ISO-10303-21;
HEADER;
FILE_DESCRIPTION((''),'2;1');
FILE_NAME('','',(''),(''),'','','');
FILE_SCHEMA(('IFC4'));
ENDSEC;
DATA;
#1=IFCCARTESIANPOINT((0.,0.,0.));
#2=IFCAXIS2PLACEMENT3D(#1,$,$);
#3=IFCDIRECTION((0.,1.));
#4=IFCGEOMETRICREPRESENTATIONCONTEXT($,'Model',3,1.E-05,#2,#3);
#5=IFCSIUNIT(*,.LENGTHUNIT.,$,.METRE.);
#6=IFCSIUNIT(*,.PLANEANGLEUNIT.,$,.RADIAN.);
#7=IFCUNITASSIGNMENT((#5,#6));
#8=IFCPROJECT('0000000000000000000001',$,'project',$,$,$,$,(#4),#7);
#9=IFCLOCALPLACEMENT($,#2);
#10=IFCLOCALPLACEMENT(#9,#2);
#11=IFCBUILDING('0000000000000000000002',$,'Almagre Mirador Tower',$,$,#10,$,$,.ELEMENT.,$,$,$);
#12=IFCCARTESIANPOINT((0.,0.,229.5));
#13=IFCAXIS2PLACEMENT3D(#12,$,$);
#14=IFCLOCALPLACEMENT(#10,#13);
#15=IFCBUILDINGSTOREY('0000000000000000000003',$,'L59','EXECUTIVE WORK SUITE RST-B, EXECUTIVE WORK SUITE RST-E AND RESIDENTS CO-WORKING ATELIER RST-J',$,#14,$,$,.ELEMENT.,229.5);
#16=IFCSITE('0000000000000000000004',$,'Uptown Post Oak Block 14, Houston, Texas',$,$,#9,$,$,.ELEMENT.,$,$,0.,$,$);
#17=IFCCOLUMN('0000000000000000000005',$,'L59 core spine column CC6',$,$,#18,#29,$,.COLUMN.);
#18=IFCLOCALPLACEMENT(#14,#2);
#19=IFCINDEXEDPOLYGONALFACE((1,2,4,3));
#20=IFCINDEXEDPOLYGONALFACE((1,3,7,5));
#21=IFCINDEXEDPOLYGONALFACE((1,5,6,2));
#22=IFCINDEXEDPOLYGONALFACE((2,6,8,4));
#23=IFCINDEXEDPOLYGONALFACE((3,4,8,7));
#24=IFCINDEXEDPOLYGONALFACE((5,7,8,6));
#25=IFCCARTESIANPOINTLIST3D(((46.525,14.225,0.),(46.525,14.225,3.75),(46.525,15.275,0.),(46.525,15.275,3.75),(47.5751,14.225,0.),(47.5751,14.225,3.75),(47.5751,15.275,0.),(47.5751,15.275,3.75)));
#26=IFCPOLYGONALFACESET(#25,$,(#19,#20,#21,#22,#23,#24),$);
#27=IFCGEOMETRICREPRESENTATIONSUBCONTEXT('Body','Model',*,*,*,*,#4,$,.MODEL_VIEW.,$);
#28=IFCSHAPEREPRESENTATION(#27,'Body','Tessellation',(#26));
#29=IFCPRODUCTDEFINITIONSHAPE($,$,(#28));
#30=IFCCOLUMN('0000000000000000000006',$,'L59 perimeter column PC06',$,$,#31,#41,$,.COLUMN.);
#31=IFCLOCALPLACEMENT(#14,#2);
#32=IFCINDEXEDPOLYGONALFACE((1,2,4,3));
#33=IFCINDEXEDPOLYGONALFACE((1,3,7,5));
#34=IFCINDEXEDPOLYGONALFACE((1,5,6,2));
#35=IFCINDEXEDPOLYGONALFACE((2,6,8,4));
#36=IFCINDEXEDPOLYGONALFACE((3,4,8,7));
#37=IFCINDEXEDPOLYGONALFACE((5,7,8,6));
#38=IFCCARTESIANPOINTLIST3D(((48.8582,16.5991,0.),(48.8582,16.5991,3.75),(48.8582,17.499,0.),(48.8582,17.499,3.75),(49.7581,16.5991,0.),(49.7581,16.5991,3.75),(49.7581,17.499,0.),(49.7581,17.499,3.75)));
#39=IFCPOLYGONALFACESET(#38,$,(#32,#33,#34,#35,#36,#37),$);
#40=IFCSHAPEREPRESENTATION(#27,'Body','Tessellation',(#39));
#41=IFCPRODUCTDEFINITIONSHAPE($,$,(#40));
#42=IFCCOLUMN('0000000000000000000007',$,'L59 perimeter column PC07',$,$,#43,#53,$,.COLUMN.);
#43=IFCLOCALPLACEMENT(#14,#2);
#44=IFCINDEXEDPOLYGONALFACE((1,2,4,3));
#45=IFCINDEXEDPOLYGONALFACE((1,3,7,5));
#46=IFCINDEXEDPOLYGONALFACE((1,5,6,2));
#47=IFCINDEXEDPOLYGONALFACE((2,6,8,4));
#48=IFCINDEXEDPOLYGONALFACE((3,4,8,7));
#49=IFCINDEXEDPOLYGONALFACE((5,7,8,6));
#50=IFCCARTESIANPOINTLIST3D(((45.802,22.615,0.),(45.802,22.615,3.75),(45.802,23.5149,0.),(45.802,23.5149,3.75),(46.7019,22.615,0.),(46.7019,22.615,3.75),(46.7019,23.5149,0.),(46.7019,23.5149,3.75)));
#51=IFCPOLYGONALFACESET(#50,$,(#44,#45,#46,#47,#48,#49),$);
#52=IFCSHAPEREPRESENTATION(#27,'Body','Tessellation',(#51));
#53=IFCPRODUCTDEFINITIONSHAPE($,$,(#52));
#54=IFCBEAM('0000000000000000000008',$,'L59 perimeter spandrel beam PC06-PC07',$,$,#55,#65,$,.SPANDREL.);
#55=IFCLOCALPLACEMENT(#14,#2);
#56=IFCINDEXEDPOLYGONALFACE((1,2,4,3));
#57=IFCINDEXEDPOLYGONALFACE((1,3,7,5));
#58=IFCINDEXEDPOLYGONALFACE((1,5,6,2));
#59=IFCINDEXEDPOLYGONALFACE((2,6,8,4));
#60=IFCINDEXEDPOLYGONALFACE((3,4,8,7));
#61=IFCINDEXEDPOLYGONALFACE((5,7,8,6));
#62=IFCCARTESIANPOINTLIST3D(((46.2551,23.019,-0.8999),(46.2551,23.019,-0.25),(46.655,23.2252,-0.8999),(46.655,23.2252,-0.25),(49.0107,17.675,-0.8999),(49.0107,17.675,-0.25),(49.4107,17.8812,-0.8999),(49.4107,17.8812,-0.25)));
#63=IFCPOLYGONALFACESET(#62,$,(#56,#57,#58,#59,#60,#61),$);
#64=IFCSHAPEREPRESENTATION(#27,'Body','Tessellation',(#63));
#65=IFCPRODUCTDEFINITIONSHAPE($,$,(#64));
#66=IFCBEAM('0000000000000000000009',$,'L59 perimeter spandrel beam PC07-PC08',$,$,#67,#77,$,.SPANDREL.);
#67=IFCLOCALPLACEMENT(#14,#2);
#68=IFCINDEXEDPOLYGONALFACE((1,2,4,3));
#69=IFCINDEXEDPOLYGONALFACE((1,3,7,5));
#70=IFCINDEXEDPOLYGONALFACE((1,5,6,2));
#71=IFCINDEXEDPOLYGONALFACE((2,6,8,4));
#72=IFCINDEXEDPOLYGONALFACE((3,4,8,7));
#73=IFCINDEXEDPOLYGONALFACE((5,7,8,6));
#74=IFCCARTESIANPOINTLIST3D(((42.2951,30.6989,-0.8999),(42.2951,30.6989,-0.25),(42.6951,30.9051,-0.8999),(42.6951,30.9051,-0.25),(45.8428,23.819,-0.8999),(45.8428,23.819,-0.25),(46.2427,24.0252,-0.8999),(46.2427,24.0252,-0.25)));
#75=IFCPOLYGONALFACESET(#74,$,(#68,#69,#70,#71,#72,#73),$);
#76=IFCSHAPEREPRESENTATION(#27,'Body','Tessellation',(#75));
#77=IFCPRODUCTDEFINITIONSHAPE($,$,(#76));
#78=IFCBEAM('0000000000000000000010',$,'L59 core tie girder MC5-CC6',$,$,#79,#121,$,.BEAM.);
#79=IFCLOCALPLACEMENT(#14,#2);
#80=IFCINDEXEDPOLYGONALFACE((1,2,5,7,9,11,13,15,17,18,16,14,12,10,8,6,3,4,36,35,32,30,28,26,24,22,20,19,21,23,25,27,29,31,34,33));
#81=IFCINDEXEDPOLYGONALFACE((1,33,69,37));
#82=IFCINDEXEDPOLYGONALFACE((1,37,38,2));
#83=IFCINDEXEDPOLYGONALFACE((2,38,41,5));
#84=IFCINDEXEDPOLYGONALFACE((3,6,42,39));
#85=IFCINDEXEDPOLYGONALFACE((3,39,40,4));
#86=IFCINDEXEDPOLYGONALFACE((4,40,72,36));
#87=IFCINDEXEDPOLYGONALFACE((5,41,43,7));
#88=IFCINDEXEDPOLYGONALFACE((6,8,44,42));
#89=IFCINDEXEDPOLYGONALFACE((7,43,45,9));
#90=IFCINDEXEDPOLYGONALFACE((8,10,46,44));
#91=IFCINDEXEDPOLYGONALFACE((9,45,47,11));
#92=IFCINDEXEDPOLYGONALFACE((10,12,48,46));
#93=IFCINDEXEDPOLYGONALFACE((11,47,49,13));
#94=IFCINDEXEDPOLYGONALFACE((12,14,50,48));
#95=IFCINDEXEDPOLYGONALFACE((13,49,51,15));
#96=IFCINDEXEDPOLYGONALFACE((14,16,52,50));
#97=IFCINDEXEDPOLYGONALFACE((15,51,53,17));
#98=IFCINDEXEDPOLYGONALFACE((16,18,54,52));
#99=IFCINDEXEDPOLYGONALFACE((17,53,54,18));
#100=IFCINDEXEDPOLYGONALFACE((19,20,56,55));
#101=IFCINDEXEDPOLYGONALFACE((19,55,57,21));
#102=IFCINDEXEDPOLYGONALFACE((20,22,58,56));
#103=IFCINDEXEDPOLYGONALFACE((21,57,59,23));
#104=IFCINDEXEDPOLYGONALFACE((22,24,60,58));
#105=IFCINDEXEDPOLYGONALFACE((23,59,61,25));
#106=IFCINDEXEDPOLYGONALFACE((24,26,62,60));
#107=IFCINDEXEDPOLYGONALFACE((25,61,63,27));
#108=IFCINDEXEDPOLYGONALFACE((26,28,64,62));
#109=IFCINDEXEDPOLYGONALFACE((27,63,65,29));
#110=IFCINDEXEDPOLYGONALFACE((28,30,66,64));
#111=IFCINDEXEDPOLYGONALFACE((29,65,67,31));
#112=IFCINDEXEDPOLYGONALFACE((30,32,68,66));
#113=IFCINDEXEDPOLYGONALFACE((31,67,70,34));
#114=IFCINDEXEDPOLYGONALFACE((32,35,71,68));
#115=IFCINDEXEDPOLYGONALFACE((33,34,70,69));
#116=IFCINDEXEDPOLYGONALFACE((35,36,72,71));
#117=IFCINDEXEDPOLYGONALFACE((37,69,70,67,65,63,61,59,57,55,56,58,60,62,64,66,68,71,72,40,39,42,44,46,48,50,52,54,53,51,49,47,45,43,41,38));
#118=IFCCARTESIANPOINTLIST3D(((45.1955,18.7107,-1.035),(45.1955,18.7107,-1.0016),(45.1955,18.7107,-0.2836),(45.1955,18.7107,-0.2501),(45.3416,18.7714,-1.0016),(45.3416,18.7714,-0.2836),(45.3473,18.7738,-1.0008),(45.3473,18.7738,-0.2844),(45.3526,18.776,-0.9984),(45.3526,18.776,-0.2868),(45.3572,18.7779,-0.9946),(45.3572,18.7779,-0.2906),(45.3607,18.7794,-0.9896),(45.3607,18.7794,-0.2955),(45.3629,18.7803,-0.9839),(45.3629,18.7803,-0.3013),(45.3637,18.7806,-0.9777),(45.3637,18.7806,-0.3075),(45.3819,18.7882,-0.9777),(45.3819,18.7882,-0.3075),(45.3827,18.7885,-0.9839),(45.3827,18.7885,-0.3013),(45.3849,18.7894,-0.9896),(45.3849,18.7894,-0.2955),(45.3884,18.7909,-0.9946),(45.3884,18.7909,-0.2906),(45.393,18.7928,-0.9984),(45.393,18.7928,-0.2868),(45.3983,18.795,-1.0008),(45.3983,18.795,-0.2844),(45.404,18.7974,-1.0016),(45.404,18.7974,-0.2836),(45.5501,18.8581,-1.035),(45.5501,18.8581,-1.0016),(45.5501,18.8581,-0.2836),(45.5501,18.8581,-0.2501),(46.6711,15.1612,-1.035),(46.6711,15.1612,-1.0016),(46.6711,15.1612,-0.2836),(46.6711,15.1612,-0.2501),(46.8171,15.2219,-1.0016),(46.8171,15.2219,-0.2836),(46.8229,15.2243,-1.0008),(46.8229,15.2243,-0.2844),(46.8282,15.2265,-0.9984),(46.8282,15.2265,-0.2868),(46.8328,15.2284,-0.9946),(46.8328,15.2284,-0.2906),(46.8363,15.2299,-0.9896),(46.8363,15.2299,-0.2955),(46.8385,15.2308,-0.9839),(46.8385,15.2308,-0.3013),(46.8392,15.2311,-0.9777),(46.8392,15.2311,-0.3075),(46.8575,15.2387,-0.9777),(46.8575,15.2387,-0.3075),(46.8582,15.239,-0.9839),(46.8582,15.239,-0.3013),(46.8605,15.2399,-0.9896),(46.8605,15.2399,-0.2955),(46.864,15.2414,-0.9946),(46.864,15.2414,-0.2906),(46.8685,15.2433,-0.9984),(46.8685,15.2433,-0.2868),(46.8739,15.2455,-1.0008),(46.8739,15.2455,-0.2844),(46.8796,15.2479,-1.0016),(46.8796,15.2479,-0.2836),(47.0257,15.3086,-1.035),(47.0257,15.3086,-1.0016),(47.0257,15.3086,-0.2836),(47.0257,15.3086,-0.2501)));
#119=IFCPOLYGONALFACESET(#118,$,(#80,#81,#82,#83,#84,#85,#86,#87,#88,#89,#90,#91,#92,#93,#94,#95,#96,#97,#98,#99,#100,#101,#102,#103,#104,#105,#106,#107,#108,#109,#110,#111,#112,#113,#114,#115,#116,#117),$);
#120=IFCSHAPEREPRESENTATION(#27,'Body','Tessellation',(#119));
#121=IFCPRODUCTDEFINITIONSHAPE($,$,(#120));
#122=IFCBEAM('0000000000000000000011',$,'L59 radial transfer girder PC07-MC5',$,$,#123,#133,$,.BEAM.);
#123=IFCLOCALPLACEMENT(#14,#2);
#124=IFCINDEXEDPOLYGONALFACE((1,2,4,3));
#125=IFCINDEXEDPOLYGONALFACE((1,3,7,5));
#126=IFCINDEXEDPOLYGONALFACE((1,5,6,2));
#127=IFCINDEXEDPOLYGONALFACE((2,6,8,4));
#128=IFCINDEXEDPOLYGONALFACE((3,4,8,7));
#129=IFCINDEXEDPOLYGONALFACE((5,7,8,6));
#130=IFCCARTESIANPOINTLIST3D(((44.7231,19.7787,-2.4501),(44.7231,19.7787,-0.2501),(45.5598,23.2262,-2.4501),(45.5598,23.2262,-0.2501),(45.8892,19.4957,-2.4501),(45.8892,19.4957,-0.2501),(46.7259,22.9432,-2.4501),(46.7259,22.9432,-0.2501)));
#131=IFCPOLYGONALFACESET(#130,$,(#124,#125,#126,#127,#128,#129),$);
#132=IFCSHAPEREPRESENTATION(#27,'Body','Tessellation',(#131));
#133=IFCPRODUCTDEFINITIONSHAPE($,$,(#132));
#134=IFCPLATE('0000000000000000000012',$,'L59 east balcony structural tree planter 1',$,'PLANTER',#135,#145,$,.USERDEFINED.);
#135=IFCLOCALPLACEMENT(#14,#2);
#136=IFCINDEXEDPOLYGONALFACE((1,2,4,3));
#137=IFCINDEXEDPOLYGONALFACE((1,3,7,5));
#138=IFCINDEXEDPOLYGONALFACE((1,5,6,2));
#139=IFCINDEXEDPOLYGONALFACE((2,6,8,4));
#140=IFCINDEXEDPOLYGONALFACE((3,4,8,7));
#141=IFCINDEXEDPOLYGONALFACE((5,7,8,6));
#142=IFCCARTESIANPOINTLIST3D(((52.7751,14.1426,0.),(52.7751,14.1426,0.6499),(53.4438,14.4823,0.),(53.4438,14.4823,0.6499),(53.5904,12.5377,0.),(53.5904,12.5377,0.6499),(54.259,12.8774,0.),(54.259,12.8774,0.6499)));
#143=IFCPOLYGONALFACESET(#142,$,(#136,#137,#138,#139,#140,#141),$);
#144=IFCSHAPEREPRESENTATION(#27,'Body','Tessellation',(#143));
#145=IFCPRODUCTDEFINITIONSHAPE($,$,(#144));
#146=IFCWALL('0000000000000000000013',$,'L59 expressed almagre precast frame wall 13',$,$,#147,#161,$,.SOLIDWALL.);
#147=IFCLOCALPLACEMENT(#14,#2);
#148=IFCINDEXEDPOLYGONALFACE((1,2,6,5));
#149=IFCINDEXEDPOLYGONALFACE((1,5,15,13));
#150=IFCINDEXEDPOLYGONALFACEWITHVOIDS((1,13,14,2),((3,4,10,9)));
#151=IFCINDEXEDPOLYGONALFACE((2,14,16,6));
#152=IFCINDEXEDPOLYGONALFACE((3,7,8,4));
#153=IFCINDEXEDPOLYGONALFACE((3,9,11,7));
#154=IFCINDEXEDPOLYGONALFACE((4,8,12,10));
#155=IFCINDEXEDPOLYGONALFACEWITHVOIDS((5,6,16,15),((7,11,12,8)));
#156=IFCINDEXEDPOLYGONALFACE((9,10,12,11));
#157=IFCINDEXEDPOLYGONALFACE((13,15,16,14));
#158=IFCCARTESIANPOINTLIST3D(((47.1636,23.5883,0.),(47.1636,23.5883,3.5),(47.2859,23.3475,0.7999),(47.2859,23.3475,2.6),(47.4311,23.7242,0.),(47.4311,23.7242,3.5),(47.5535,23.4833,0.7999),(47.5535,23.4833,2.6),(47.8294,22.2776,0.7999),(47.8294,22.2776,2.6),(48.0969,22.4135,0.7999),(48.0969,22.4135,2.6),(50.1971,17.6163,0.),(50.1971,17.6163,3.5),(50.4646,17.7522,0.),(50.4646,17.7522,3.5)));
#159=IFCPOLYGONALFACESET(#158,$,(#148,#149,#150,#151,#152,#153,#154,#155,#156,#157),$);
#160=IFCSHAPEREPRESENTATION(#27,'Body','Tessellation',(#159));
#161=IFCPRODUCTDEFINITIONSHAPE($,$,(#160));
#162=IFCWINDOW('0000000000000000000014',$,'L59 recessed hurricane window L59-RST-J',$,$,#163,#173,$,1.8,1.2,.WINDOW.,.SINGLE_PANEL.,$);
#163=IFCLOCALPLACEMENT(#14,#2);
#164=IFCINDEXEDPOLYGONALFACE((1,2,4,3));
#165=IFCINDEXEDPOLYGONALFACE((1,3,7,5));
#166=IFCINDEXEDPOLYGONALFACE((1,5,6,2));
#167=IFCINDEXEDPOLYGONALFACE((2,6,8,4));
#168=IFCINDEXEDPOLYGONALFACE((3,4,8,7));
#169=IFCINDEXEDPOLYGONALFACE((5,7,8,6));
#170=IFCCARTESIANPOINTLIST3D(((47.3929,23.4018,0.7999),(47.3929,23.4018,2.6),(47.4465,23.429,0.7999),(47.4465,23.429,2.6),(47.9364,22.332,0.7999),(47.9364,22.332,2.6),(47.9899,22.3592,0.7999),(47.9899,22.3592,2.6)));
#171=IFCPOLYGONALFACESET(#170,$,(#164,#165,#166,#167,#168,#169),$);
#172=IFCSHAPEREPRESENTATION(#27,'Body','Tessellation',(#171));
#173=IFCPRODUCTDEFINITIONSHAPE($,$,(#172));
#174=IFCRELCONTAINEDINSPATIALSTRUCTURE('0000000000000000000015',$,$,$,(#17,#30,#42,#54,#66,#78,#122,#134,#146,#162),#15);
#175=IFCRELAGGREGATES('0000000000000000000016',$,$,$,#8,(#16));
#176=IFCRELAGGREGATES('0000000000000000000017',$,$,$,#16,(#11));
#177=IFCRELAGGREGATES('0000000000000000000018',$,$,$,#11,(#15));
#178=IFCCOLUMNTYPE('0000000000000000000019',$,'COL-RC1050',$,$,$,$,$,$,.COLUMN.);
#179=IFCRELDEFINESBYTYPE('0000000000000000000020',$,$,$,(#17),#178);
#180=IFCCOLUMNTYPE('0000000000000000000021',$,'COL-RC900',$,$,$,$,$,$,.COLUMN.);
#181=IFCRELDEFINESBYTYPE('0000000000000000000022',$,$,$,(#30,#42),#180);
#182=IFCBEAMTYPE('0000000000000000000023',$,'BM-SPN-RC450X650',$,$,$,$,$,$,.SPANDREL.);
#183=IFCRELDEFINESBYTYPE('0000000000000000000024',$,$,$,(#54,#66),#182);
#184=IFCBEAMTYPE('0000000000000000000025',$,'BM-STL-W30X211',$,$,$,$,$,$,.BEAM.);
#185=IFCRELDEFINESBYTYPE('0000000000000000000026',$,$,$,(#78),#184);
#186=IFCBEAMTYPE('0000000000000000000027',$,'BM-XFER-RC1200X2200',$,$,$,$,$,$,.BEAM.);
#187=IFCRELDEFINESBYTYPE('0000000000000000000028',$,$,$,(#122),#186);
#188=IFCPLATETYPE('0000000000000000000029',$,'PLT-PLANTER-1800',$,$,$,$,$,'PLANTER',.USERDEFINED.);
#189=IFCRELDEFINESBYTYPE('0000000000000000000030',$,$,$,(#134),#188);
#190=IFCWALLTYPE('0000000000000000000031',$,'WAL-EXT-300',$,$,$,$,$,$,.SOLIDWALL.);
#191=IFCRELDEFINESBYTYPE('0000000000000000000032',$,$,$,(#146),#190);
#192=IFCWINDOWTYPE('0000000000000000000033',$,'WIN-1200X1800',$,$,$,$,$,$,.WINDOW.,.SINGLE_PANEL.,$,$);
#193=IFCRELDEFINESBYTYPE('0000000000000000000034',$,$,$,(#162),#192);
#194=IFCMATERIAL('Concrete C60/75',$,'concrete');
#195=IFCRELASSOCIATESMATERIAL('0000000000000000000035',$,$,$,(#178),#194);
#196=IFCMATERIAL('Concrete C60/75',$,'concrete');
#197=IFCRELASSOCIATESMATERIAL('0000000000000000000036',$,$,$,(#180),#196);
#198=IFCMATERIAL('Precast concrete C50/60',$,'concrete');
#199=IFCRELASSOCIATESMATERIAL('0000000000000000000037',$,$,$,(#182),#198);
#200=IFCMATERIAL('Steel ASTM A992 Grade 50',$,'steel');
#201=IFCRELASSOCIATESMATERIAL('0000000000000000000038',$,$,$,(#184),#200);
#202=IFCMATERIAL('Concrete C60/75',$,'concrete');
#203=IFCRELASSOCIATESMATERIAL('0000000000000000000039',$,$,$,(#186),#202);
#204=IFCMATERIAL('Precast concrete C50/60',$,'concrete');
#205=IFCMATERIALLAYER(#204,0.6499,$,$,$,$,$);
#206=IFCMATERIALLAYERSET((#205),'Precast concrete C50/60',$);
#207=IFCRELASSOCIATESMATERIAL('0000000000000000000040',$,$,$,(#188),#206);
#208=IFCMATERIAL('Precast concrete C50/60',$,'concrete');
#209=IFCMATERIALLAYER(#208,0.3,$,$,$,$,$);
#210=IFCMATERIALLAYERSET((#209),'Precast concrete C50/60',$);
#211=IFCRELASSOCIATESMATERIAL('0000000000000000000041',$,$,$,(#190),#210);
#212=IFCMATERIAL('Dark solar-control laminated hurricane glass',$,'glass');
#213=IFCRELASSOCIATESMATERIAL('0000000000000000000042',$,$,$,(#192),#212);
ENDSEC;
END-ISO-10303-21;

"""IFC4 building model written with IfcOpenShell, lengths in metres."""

from ifc_helpers import new_model, si_unit, direction, frame, frame_2d, origin, origin_2d, place, context, subcontext, project, spatial, rectangle, i_section, extrude, material, layer, layer_set, material_profile, profile_set, type_object, element, fill, save


model = new_model("IFC4")

# Units and contexts
model_context = context("Model", 3, precision=1e-05, world=origin(), true_north=direction((0.0, 1.0)))
body_context = subcontext(model_context, "Body", "Model", "MODEL_VIEW")
ifc_project = project(units=[si_unit("LENGTHUNIT", "METRE"), si_unit("PLANEANGLEUNIT", "RADIAN")], contexts=[model_context])

# Site, building, storey
site_placement = place(None, origin())
site = spatial("IfcSite", under=ifc_project, at=site_placement, Name="Uptown Post Oak Block 14, Houston, Texas", CompositionType="ELEMENT", RefElevation=0.0)
building_placement = place(site_placement, origin())
building = spatial("IfcBuilding", under=site, at=building_placement, Name="Almagre Mirador Tower", CompositionType="ELEMENT")
storey_placement = place(building_placement, frame((0.0, 0.0, 229.5)))
storey = spatial("IfcBuildingStorey", under=building, at=storey_placement, Name="L59", Description="EXECUTIVE WORK SUITE RST-B, EXECUTIVE WORK SUITE RST-E AND RESIDENTS CO-WORKING ATELIER RST-J", CompositionType="ELEMENT", Elevation=229.5)

# Columns
ifc_material_1 = material(Name="Concrete C60/75", Category="concrete")
ifc_material_profile_1 = material_profile(ifc_material_1, rectangle(XDim=1.05, YDim=1.05, at=origin_2d()), Name="RC1050X1050")
ifc_profile_set_1 = profile_set([ifc_material_profile_1], Name="Concrete C60/75")
column_type_1 = type_object("IfcColumnType", Name="COL-RC1050", PredefinedType="COLUMN", material=ifc_profile_set_1)
column_placement = place(storey_placement, frame((47.05, 14.75, 0.0), z_axis=(0.0, 0.0, 1.0), x_axis=(1.0, 0.0, 0.0)))
element("IfcColumn", 1, at=column_placement, inside=storey, type_object=column_type_1, Name="L59 core spine column CC6", PredefinedType="COLUMN", context=body_context, shape_type="SweptSolid", body=[
    extrude(rectangle(XDim=1.05, YDim=1.05, at=origin_2d()), origin(), (0.0, 0.0, 1.0), 3.75),
])
ifc_material_2 = material(Name="Concrete C60/75", Category="concrete")
ifc_material_profile_2 = material_profile(ifc_material_2, rectangle(XDim=0.8999, YDim=0.8999, at=origin_2d()), Name="RC900X900")
ifc_profile_set_2 = profile_set([ifc_material_profile_2], Name="Concrete C60/75")
column_type_2 = type_object("IfcColumnType", Name="COL-RC900", PredefinedType="COLUMN", material=ifc_profile_set_2)
for number, where, z_axis, x_axis, name in (
    (2, (49.3081, 17.0491, 0.0), (0.0, 0.0, 1.0), (1.0, 0.0, 0.0), "L59 perimeter column PC06"),
    (3, (46.252, 23.0649, 0.0), (0.0, 0.0, 1.0), (1.0, 0.0, 0.0), "L59 perimeter column PC07"),
):
    element("IfcColumn", number, at=place(storey_placement, frame(where, z_axis=z_axis, x_axis=x_axis)), inside=storey, type_object=column_type_2, Name=name, PredefinedType="COLUMN", context=body_context, shape_type="SweptSolid", body=[
        extrude(rectangle(XDim=0.8999, YDim=0.8999, at=origin_2d()), origin(), (0.0, 0.0, 1.0), 3.75),
    ])

# Beams
ifc_material_3 = material(Name="Precast concrete C50/60", Category="concrete")
ifc_material_profile_3 = material_profile(ifc_material_3, rectangle(XDim=0.45, YDim=0.6499, at=origin_2d()), Name="RC450X650")
ifc_profile_set_3 = profile_set([ifc_material_profile_3], Name="Precast concrete C50/60")
beam_type_1 = type_object("IfcBeamType", Name="BM-SPN-RC450X650", PredefinedType="SPANDREL", material=ifc_profile_set_3)
beam_1_placement = place(storey_placement, frame((49.2107, 17.7781, -0.575), z_axis=(-0.458305, 0.888795, 0.0), x_axis=(-0.888795, -0.458305, 0.0)))
element("IfcBeam", 4, at=beam_1_placement, inside=storey, type_object=beam_type_1, Name="L59 perimeter spandrel beam PC06-PC07", PredefinedType="SPANDREL", context=body_context, shape_type="SweptSolid", body=[
    extrude(rectangle(XDim=0.45, YDim=0.6499, at=origin_2d()), origin(), (0.0, 0.0, 1.0), 6.0127),
])
beam_2_placement = place(storey_placement, frame((46.0427, 23.9221, -0.575), z_axis=(-0.458306, 0.888794, 0.0), x_axis=(-0.888794, -0.458306, 0.0)))
element("IfcBeam", 5, at=beam_2_placement, inside=storey, type_object=beam_type_1, Name="L59 perimeter spandrel beam PC07-PC08", PredefinedType="SPANDREL", context=body_context, shape_type="SweptSolid", body=[
    extrude(rectangle(XDim=0.45, YDim=0.6499, at=origin_2d()), origin(), (0.0, 0.0, 1.0), 7.7407),
])
ifc_material_4 = material(Name="Steel ASTM A992 Grade 50", Category="steel")
ifc_material_profile_4 = material_profile(ifc_material_4, i_section(OverallWidth=0.384, OverallDepth=0.7849, WebThickness=0.0198, FlangeThickness=0.0334, FilletRadius=0.0239, at=origin_2d()), Name="W30X211")
ifc_profile_set_4 = profile_set([ifc_material_profile_4], Name="Steel ASTM A992 Grade 50")
beam_type_2 = type_object("IfcBeamType", Name="BM-STL-W30X211", PredefinedType="BEAM", material=ifc_profile_set_4)
beam_3_placement = place(storey_placement, frame((45.3728, 18.7844, -0.6426), z_axis=(0.383862, -0.92339, 0.0), x_axis=(0.92339, 0.383862, 0.0)))
element("IfcBeam", 6, at=beam_3_placement, inside=storey, type_object=beam_type_2, Name="L59 core tie girder MC5-CC6", PredefinedType="BEAM", context=body_context, shape_type="SweptSolid", body=[
    extrude(i_section(OverallWidth=0.384, OverallDepth=0.7849, WebThickness=0.0198, FlangeThickness=0.0334, FilletRadius=0.0239, at=origin_2d()), origin(), (0.0, 0.0, 1.0), 3.844),
])
ifc_material_5 = material(Name="Concrete C60/75", Category="concrete")
ifc_material_profile_5 = material_profile(ifc_material_5, rectangle(XDim=1.2, YDim=2.2, at=origin_2d()), Name="RC1200X2200")
ifc_profile_set_5 = profile_set([ifc_material_profile_5], Name="Concrete C60/75")
beam_type_3 = type_object("IfcBeamType", Name="BM-XFER-RC1200X2200", PredefinedType="BEAM", material=ifc_profile_set_5)
beam_4_placement = place(storey_placement, frame((46.1428, 23.0847, -1.3501), z_axis=(-0.235842, -0.971791, 0.0), x_axis=(0.971791, -0.235842, 0.0)))
element("IfcBeam", 7, at=beam_4_placement, inside=storey, type_object=beam_type_3, Name="L59 radial transfer girder PC07-MC5", PredefinedType="BEAM", context=body_context, shape_type="SweptSolid", body=[
    extrude(rectangle(XDim=1.2, YDim=2.2, at=origin_2d()), origin(), (0.0, 0.0, 1.0), 3.5476),
])

# Plate
ifc_material_6 = material(Name="Precast concrete C50/60", Category="concrete")
ifc_layer_1 = layer(ifc_material_6, 0.6499)
ifc_layer_set_1 = layer_set([ifc_layer_1], Name="Precast concrete C50/60")
plate_type = type_object("IfcPlateType", Name="PLT-PLANTER-1800", ElementType="PLANTER", PredefinedType="USERDEFINED", material=ifc_layer_set_1)
plate_placement = place(storey_placement, frame((53.5171, 13.51, 0.0), z_axis=(0.0, 0.0, 1.0), x_axis=(-0.452902, 0.891561, 0.0)))
element("IfcPlate", 8, at=plate_placement, inside=storey, type_object=plate_type, Name="L59 east balcony structural tree planter 1", ObjectType="PLANTER", PredefinedType="USERDEFINED", context=body_context, shape_type="SweptSolid", body=[
    extrude(rectangle(XDim=1.8, YDim=0.75, at=origin_2d()), origin(), (0.0, 0.0, 1.0), 0.6499),
])

# Wall, opening, window
ifc_material_7 = material(Name="Precast concrete C50/60", Category="concrete")
ifc_layer_2 = layer(ifc_material_7, 0.3)
ifc_layer_set_2 = layer_set([ifc_layer_2], Name="Precast concrete C50/60")
wall_type_1 = type_object("IfcWallType", Name="WAL-EXT-300", PredefinedType="SOLIDWALL", material=ifc_layer_set_2)
wall_1_placement = place(storey_placement, frame((47.2974, 23.6562, 0.0), z_axis=(0.0, 0.0, 1.0), x_axis=(0.452876, -0.891573, 0.0)))
wall_1 = element("IfcWall", 9, at=wall_1_placement, inside=storey, type_object=wall_type_1, Name="L59 expressed almagre precast frame wall 13", PredefinedType="SOLIDWALL", context=body_context, shape_type="SweptSolid", body=[
    extrude(rectangle(XDim=6.6982, YDim=0.3, at=frame_2d((3.3491, 0.0))), origin(), (0.0, 0.0, 1.0), 3.5),
])
opening_1_placement = place(wall_1_placement, frame((0.27, 0.0, 0.8)))
opening_1 = element("IfcOpeningElement", 10, at=opening_1_placement, cuts=wall_1, PredefinedType="OPENING", context=body_context, shape_type="SweptSolid", body=[
    extrude(rectangle(XDim=1.2, YDim=1.8, at=frame_2d((0.6001, 0.8999))), frame((0.0, 0.1599, 0.0), z_axis=(0.0, -1.0, 0.0), x_axis=(1.0, 0.0, 0.0)), (0.0, 0.0, 1.0), 0.32),
])
ifc_material_8 = material(Name="Dark solar-control laminated hurricane glass", Category="glass")
window_type = type_object("IfcWindowType", Name="WIN-1200X1800", PartitioningType="SINGLE_PANEL", PredefinedType="WINDOW", material=ifc_material_8)
window_placement = place(opening_1_placement, origin())
window = element("IfcWindow", 11, at=window_placement, inside=storey, type_object=window_type, Name="L59 recessed hurricane window L59-RST-J", OverallHeight=1.8, OverallWidth=1.2, PartitioningType="SINGLE_PANEL", PredefinedType="WINDOW", context=body_context, shape_type="SweptSolid", body=[
    extrude(rectangle(XDim=1.2, YDim=1.8, at=frame_2d((0.6001, 0.8999))), frame((0.0, 0.03, 0.0), z_axis=(0.0, -1.0, 0.0), x_axis=(1.0, 0.0, 0.0)), (0.0, 0.0, 1.0), 0.0601),
])
fill(opening_1, window)

save(model, "model.ifc")
